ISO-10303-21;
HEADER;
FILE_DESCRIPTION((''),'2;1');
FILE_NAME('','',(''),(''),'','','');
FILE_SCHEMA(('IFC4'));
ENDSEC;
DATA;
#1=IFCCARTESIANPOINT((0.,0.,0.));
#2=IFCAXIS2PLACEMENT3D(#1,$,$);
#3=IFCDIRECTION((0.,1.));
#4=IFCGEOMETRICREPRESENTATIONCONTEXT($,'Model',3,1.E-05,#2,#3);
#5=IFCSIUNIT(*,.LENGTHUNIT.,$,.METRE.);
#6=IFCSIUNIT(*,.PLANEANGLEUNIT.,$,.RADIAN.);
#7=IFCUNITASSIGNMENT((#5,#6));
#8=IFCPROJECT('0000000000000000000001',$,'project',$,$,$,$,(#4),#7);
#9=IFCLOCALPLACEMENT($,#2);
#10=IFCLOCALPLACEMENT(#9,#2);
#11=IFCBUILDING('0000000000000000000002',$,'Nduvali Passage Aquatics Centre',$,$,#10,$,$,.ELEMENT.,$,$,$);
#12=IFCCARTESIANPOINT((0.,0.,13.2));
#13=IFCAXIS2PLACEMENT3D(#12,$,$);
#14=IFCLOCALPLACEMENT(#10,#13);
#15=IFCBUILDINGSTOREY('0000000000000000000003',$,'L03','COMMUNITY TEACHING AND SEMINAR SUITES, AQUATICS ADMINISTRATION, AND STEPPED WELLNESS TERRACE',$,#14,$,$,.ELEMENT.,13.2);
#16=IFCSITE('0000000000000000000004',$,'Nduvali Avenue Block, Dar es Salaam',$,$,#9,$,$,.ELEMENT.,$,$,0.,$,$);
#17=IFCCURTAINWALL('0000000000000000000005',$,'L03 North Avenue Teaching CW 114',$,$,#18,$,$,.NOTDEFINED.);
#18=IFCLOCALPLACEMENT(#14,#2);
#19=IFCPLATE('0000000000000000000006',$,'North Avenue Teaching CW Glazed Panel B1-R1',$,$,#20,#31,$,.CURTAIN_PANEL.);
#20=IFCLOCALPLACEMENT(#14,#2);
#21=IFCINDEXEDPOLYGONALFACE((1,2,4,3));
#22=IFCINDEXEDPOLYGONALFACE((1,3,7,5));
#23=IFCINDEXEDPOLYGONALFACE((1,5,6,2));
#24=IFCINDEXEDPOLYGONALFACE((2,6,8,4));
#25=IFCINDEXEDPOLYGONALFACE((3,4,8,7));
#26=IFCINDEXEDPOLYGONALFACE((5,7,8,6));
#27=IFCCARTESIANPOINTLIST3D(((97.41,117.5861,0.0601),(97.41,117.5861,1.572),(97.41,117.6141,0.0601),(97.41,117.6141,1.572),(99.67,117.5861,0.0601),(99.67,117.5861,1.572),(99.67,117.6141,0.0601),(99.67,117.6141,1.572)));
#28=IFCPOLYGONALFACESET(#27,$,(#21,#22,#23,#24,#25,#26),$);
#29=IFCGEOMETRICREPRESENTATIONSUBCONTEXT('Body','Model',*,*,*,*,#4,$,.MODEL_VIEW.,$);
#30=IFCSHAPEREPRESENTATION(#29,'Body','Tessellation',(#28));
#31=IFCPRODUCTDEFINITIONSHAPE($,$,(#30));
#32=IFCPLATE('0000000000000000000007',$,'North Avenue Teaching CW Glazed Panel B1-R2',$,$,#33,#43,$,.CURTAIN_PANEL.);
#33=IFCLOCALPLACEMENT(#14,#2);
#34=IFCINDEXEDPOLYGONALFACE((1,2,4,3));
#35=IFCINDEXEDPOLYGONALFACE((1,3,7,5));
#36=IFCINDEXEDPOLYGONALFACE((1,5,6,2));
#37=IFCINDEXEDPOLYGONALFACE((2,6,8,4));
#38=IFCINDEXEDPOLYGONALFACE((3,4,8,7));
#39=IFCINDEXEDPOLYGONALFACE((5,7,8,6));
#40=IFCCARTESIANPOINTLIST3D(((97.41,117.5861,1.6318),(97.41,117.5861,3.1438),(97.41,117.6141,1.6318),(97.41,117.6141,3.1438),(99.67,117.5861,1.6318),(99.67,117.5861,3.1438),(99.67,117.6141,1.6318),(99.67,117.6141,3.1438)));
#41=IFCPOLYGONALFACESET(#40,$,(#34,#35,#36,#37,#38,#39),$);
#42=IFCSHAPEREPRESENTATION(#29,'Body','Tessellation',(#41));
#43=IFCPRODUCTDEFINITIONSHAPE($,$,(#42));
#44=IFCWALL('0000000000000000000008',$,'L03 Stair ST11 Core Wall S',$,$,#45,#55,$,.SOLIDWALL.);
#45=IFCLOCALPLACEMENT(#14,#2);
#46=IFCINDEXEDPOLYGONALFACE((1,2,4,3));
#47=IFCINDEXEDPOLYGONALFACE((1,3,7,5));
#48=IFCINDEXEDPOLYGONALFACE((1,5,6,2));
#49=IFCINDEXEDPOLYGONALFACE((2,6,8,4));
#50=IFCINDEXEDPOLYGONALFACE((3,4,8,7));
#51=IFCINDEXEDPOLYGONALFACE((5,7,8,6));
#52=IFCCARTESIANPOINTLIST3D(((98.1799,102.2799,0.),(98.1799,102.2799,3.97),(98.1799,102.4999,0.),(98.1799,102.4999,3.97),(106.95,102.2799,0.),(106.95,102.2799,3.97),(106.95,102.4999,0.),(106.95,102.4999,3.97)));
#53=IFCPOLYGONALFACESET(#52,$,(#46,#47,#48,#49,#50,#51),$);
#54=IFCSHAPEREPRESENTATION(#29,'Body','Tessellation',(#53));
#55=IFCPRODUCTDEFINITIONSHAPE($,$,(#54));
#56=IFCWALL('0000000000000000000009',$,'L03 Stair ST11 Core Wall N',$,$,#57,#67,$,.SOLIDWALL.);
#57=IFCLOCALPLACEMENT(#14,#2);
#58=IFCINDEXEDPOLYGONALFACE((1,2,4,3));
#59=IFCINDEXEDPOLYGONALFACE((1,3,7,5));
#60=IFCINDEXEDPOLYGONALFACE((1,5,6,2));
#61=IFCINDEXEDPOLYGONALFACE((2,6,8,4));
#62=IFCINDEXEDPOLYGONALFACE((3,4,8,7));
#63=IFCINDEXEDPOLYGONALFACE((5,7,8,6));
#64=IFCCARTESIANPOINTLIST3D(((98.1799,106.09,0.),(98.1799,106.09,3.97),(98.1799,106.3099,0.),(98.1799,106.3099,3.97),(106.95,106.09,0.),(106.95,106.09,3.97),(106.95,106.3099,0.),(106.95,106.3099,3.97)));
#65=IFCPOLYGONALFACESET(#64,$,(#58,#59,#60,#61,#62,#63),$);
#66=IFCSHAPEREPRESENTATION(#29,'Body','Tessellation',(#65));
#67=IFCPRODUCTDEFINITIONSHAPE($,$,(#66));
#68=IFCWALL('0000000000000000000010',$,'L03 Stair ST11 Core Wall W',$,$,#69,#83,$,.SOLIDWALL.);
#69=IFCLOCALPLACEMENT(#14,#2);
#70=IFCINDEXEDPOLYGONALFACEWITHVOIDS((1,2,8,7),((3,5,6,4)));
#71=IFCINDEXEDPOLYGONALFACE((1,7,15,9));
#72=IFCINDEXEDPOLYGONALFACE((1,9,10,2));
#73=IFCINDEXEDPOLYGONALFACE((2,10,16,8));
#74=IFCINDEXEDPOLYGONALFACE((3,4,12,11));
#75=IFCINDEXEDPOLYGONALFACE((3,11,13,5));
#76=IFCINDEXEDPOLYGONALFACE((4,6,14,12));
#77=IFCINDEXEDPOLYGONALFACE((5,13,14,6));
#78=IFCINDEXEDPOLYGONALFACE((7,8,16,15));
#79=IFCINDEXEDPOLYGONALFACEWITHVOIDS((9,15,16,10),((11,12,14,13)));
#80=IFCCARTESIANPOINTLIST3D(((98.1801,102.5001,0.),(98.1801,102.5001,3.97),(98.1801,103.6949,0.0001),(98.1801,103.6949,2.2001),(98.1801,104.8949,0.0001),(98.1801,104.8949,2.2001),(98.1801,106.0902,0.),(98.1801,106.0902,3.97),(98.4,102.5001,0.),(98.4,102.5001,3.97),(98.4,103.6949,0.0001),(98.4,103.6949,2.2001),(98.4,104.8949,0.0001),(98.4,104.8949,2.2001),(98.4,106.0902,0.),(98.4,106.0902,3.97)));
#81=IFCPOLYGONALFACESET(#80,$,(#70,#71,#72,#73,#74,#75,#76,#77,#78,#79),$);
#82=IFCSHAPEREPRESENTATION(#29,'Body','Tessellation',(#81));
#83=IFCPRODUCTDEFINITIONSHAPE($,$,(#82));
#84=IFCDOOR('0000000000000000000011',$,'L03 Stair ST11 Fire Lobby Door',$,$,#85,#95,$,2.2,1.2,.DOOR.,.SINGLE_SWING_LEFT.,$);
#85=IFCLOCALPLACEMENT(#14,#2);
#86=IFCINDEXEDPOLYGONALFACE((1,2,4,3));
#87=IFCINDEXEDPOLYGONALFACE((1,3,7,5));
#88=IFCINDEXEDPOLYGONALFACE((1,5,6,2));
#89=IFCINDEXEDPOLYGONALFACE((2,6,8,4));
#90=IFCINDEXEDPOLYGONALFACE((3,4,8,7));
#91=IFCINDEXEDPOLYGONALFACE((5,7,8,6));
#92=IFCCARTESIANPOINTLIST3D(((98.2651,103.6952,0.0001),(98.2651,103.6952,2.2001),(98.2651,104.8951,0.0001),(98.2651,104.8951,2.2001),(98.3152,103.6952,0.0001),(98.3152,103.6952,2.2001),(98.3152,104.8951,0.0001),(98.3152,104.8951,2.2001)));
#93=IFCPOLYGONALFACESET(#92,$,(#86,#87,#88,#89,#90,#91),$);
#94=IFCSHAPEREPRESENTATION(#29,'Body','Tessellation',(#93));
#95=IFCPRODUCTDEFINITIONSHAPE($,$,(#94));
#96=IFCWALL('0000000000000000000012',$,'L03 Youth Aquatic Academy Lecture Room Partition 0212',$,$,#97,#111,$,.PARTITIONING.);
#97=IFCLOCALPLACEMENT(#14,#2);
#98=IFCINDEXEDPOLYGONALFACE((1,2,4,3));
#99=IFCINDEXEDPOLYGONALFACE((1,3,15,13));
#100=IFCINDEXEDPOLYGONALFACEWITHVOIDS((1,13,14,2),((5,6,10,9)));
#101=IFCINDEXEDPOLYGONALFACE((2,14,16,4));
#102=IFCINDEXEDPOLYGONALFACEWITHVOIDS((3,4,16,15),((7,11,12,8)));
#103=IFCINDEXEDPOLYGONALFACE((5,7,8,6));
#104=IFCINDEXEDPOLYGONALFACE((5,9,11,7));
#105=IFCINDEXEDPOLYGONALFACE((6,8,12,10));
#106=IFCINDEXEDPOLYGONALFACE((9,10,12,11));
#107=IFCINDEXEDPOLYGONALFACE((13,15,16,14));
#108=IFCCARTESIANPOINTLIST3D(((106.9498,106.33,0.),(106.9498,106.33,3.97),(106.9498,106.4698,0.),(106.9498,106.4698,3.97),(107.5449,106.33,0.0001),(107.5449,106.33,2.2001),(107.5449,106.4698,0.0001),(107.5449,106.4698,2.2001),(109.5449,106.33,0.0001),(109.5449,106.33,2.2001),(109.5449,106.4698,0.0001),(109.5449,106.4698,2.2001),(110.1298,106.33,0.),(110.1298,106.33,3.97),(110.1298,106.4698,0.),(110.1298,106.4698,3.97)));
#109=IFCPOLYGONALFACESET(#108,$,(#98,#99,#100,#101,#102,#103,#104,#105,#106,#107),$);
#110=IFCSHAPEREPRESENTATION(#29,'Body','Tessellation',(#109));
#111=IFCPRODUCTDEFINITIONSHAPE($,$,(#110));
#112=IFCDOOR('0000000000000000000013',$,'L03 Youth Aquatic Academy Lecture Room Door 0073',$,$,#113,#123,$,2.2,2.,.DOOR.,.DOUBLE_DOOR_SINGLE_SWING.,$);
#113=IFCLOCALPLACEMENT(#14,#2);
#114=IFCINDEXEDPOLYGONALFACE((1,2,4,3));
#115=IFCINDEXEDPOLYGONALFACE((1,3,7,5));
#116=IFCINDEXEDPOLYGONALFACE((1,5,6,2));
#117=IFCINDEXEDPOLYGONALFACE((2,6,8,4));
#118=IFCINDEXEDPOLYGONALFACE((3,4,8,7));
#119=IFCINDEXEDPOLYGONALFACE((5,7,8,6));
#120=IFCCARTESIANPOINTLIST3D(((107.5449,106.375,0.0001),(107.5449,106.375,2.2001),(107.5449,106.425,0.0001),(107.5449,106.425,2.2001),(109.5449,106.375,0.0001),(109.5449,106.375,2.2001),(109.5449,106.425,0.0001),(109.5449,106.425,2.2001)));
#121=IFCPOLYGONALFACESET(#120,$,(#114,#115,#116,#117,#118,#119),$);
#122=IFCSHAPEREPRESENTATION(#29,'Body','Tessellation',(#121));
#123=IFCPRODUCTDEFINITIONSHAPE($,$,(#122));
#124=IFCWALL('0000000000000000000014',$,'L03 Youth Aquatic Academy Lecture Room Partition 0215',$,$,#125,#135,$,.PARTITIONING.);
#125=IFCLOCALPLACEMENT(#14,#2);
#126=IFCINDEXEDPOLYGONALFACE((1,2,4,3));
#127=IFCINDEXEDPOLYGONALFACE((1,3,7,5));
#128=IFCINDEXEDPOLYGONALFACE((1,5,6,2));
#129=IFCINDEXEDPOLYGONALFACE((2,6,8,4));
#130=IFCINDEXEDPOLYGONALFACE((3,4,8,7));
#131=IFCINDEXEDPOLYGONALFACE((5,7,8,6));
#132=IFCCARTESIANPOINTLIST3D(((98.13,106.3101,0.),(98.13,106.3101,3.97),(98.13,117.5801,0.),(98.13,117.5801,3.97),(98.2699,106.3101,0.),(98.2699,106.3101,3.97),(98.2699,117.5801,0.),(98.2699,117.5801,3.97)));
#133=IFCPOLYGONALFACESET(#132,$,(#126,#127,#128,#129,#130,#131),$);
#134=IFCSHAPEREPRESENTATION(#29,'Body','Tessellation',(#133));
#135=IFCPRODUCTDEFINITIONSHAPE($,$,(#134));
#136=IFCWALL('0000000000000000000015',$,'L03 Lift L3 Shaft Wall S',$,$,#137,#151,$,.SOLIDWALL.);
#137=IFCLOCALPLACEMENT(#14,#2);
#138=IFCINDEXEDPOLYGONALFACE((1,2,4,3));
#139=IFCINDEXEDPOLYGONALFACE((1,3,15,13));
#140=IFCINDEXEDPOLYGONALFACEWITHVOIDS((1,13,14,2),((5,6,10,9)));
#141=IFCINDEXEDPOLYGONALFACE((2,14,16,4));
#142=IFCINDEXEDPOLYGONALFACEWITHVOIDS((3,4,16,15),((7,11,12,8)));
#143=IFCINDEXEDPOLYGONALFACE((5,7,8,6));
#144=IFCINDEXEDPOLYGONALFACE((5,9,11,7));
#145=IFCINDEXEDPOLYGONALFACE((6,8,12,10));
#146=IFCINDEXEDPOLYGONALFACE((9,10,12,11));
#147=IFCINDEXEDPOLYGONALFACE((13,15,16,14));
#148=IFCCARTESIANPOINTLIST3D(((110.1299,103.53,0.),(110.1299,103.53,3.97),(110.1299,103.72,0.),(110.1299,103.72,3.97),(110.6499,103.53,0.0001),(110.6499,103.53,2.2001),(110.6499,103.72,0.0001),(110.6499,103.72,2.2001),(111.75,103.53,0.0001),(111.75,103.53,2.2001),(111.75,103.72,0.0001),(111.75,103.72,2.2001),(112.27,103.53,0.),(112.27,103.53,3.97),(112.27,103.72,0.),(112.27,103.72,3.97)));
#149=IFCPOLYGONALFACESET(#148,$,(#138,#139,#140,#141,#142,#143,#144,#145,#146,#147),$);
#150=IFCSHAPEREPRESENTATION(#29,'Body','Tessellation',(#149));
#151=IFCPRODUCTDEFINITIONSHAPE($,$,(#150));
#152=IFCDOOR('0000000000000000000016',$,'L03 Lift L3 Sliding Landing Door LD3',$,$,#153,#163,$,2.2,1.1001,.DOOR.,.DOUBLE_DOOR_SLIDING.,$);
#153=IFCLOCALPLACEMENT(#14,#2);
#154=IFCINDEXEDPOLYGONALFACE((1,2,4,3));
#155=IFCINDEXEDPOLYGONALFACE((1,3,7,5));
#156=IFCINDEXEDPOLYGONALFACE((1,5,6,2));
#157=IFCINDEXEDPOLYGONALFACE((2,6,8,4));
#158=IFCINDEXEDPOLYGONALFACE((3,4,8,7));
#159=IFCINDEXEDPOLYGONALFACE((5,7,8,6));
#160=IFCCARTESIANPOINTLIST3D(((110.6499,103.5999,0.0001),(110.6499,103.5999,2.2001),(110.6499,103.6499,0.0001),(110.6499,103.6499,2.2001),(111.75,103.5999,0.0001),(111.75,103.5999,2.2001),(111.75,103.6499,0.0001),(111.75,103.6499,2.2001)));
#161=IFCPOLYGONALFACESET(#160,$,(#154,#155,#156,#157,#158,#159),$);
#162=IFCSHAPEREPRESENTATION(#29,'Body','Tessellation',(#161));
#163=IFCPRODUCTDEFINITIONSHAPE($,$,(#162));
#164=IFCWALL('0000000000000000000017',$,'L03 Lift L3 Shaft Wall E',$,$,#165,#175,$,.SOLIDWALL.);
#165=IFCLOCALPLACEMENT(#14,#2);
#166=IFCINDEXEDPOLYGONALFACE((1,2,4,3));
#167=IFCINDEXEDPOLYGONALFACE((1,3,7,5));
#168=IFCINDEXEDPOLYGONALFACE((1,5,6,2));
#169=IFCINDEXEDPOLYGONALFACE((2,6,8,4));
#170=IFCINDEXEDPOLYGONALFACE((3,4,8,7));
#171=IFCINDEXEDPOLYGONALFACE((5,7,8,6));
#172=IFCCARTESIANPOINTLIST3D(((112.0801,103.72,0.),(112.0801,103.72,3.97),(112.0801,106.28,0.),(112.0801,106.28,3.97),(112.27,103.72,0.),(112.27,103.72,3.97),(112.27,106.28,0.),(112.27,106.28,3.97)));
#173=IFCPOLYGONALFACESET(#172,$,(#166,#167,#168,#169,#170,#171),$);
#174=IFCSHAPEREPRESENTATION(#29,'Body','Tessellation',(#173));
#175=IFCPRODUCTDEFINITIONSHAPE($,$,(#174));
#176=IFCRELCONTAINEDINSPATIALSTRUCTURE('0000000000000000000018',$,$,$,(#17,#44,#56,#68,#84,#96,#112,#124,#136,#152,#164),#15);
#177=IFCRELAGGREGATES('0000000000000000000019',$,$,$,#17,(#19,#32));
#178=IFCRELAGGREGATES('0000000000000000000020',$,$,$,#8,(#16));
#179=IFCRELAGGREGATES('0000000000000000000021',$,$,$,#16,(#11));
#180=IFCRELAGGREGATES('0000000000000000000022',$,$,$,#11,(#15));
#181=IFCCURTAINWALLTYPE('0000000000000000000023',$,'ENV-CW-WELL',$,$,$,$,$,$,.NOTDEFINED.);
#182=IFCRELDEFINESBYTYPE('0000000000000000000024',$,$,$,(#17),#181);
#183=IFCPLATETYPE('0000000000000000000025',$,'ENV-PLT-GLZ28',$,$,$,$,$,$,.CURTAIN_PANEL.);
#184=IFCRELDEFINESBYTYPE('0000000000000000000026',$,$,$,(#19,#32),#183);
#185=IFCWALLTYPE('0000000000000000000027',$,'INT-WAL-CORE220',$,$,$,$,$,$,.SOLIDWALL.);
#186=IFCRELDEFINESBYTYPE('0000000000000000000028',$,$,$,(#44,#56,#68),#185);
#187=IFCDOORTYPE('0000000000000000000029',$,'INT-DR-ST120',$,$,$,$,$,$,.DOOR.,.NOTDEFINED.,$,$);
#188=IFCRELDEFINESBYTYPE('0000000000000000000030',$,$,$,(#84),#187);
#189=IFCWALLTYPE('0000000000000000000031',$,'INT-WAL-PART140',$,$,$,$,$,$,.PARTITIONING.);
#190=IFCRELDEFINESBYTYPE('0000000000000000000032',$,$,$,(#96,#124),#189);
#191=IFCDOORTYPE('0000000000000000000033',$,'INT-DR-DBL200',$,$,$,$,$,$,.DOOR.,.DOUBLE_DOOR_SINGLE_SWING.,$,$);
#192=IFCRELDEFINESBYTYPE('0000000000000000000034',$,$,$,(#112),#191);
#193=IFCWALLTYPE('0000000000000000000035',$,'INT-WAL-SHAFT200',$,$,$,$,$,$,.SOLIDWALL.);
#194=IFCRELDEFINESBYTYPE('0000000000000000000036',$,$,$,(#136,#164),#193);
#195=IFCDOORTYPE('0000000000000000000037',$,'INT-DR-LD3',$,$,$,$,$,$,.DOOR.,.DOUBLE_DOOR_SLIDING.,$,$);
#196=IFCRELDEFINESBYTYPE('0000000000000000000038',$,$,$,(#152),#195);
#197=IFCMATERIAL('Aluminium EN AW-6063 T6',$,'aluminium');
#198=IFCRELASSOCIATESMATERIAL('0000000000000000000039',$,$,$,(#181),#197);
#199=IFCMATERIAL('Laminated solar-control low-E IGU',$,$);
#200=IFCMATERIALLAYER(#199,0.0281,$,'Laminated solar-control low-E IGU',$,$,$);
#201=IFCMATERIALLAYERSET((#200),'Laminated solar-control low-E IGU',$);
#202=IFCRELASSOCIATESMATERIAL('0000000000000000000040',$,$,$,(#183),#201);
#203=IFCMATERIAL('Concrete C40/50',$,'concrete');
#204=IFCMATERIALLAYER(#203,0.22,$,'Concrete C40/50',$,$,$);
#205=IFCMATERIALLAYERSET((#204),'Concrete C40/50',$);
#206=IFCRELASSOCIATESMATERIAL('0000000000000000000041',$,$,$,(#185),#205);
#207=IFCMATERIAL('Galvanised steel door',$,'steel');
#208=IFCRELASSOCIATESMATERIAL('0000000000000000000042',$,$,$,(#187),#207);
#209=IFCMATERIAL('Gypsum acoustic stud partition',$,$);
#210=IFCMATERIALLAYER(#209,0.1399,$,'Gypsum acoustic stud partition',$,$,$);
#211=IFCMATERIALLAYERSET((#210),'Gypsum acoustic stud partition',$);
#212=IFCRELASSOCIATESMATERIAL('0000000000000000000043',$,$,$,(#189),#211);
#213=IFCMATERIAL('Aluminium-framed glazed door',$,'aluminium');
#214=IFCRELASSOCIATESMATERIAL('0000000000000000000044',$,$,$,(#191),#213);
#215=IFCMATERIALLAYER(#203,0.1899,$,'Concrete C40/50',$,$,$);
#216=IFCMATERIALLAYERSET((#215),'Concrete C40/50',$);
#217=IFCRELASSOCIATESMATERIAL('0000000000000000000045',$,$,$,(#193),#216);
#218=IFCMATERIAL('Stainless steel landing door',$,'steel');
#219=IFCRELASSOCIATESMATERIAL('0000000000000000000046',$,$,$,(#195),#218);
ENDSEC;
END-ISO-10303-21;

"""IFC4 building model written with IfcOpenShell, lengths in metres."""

from ifc_helpers import new_model, si_unit, direction, frame, frame_2d, origin, origin_2d, place, context, subcontext, project, spatial, rectangle, extrude, material, layer, layer_set, type_object, element, fill, aggregate, save


model = new_model("IFC4")

# Units and contexts
model_context = context("Model", 3, precision=1e-05, world=origin(), true_north=direction((0.0, 1.0)))
body_context = subcontext(model_context, "Body", "Model", "MODEL_VIEW")
ifc_project = project(units=[si_unit("LENGTHUNIT", "METRE"), si_unit("PLANEANGLEUNIT", "RADIAN")], contexts=[model_context])

# Site, building, storey
site_placement = place(None, origin())
site = spatial("IfcSite", under=ifc_project, at=site_placement, Name="Nduvali Avenue Block, Dar es Salaam", CompositionType="ELEMENT", RefElevation=0.0)
building_placement = place(site_placement, origin())
building = spatial("IfcBuilding", under=site, at=building_placement, Name="Nduvali Passage Aquatics Centre", CompositionType="ELEMENT")
storey_placement = place(building_placement, frame((0.0, 0.0, 13.2)))
storey = spatial("IfcBuildingStorey", under=building, at=storey_placement, Name="L03", Description="COMMUNITY TEACHING AND SEMINAR SUITES, AQUATICS ADMINISTRATION, AND STEPPED WELLNESS TERRACE", CompositionType="ELEMENT", Elevation=13.2)

# Curtain wall
ifc_material_1 = material(Name="Aluminium EN AW-6063 T6", Category="aluminium")
curtain_wall_type = type_object("IfcCurtainWallType", Name="ENV-CW-WELL", PredefinedType="NOTDEFINED", material=ifc_material_1)
curtain_wall_placement = place(storey_placement, origin())
curtain_wall = element("IfcCurtainWall", 1, at=curtain_wall_placement, inside=storey, type_object=curtain_wall_type, Name="L03 North Avenue Teaching CW 114", PredefinedType="NOTDEFINED")

# Plates
ifc_material_2 = material(Name="Laminated solar-control low-E IGU")
ifc_layer_1 = layer(ifc_material_2, 0.0281, Name="Laminated solar-control low-E IGU")
ifc_layer_set_1 = layer_set([ifc_layer_1], Name="Laminated solar-control low-E IGU")
plate_type = type_object("IfcPlateType", Name="ENV-PLT-GLZ28", PredefinedType="CURTAIN_PANEL", material=ifc_layer_set_1)
plate_1_placement = place(storey_placement, frame((98.54, 117.6001, 0.0601), z_axis=(0.0, 0.0, 1.0), x_axis=(1.0, 0.0, 0.0)))
plate_1 = element("IfcPlate", 2, at=plate_1_placement, type_object=plate_type, Name="North Avenue Teaching CW Glazed Panel B1-R1", PredefinedType="CURTAIN_PANEL", context=body_context, shape_type="SweptSolid", body=[
    extrude(rectangle(XDim=2.26, YDim=0.0281, at=origin_2d()), origin(), (0.0, 0.0, 1.0), 1.512),
])
plate_2_placement = place(storey_placement, frame((98.54, 117.6001, 1.6318), z_axis=(0.0, 0.0, 1.0), x_axis=(1.0, 0.0, 0.0)))
plate_2 = element("IfcPlate", 3, at=plate_2_placement, type_object=plate_type, Name="North Avenue Teaching CW Glazed Panel B1-R2", PredefinedType="CURTAIN_PANEL", context=body_context, shape_type="SweptSolid", body=[
    extrude(rectangle(XDim=2.26, YDim=0.0281, at=origin_2d()), origin(), (0.0, 0.0, 1.0), 1.512),
])
aggregate(curtain_wall, [plate_1, plate_2])

# Walls
ifc_material_3 = material(Name="Concrete C40/50", Category="concrete")
ifc_layer_2 = layer(ifc_material_3, 0.22, Name="Concrete C40/50")
ifc_layer_set_2 = layer_set([ifc_layer_2], Name="Concrete C40/50")
wall_type_1 = type_object("IfcWallType", Name="INT-WAL-CORE220", PredefinedType="SOLIDWALL", material=ifc_layer_set_2)
for number, where, z_axis, x_axis, name in (
    (4, (98.1799, 102.3899, 0.0), (0.0, 0.0, 1.0), (1.0, 0.0, 0.0), "L03 Stair ST11 Core Wall S"),
    (5, (106.95, 106.2, 0.0), (0.0, 0.0, 1.0), (-1.0, 0.0, 0.0), "L03 Stair ST11 Core Wall N"),
):
    element("IfcWall", number, at=place(storey_placement, frame(where, z_axis=z_axis, x_axis=x_axis)), inside=storey, type_object=wall_type_1, Name=name, PredefinedType="SOLIDWALL", context=body_context, shape_type="SweptSolid", body=[
        extrude(rectangle(XDim=8.77, YDim=0.22, at=frame_2d((4.385, 0.0))), origin(), (0.0, 0.0, 1.0), 3.97),
    ])

# Walls, openings, doors
wall_1_placement = place(storey_placement, frame((98.29, 106.0901, 0.0), z_axis=(0.0, 0.0, 1.0), x_axis=(0.0, -1.0, 0.0)))
wall_1 = element("IfcWall", 6, at=wall_1_placement, inside=storey, type_object=wall_type_1, Name="L03 Stair ST11 Core Wall W", PredefinedType="SOLIDWALL", context=body_context, shape_type="SweptSolid", body=[
    extrude(rectangle(XDim=3.5901, YDim=0.22, at=frame_2d((1.7949, 0.0))), origin(), (0.0, 0.0, 1.0), 3.97),
])
opening_1_placement = place(wall_1_placement, frame((1.1951, 0.0, 0.0)))
opening_1 = element("IfcOpeningElement", 7, at=opening_1_placement, cuts=wall_1, PredefinedType="OPENING", context=body_context, shape_type="SweptSolid", body=[
    extrude(rectangle(XDim=1.2, YDim=2.2, at=frame_2d((0.6001, 1.1001))), frame((0.0, 0.125, 0.0), z_axis=(0.0, -1.0, 0.0), x_axis=(1.0, 0.0, 0.0)), (0.0, 0.0, 1.0), 0.2498),
])
ifc_material_4 = material(Name="Galvanised steel door", Category="steel")
door_type_1 = type_object("IfcDoorType", Name="INT-DR-ST120", OperationType="NOTDEFINED", PredefinedType="DOOR", material=ifc_material_4)
door_1_placement = place(opening_1_placement, frame((1.2, 0.0, 0.0), z_axis=(0.0, 0.0, 1.0), x_axis=(-1.0, 0.0, 0.0)))
door_1 = element("IfcDoor", 8, at=door_1_placement, inside=storey, type_object=door_type_1, Name="L03 Stair ST11 Fire Lobby Door", OperationType="SINGLE_SWING_LEFT", OverallHeight=2.2, OverallWidth=1.2, PredefinedType="DOOR", context=body_context, shape_type="SweptSolid", body=[
    extrude(rectangle(XDim=1.2, YDim=2.2, at=frame_2d((0.6001, 1.1001))), frame((0.0, 0.0249, 0.0), z_axis=(0.0, -1.0, 0.0), x_axis=(1.0, 0.0, 0.0)), (0.0, 0.0, 1.0), 0.05),
])
fill(opening_1, door_1)
ifc_material_5 = material(Name="Gypsum acoustic stud partition")
ifc_layer_3 = layer(ifc_material_5, 0.1399, Name="Gypsum acoustic stud partition")
ifc_layer_set_3 = layer_set([ifc_layer_3], Name="Gypsum acoustic stud partition")
wall_type_2 = type_object("IfcWallType", Name="INT-WAL-PART140", PredefinedType="PARTITIONING", material=ifc_layer_set_3)
wall_2_placement = place(storey_placement, frame((106.95, 106.3999, 0.0), z_axis=(0.0, 0.0, 1.0), x_axis=(1.0, 0.0, 0.0)))
wall_2 = element("IfcWall", 9, at=wall_2_placement, inside=storey, type_object=wall_type_2, Name="L03 Youth Aquatic Academy Lecture Room Partition 0212", PredefinedType="PARTITIONING", context=body_context, shape_type="SweptSolid", body=[
    extrude(rectangle(XDim=3.1799, YDim=0.1399, at=frame_2d((1.5898, 0.0))), origin(), (0.0, 0.0, 1.0), 3.97),
])
opening_2_placement = place(wall_2_placement, frame((0.595, 0.0, 0.0)))
opening_2 = element("IfcOpeningElement", 10, at=opening_2_placement, cuts=wall_2, PredefinedType="OPENING", context=body_context, shape_type="SweptSolid", body=[
    extrude(rectangle(XDim=2.0, YDim=2.2, at=frame_2d((1.0, 1.1001))), frame((0.0, 0.085, 0.0), z_axis=(0.0, -1.0, 0.0), x_axis=(1.0, 0.0, 0.0)), (0.0, 0.0, 1.0), 0.1697),
])
ifc_material_6 = material(Name="Aluminium-framed glazed door", Category="aluminium")
door_type_2 = type_object("IfcDoorType", Name="INT-DR-DBL200", OperationType="DOUBLE_DOOR_SINGLE_SWING", PredefinedType="DOOR", material=ifc_material_6)
door_2_placement = place(opening_2_placement, frame((2.0, 0.0, 0.0), z_axis=(0.0, 0.0, 1.0), x_axis=(-1.0, 0.0, 0.0)))
door_2 = element("IfcDoor", 11, at=door_2_placement, inside=storey, type_object=door_type_2, Name="L03 Youth Aquatic Academy Lecture Room Door 0073", OperationType="DOUBLE_DOOR_SINGLE_SWING", OverallHeight=2.2, OverallWidth=2.0, PredefinedType="DOOR", context=body_context, shape_type="SweptSolid", body=[
    extrude(rectangle(XDim=2.0, YDim=2.2, at=frame_2d((1.0, 1.1001))), frame((0.0, 0.0249, 0.0), z_axis=(0.0, -1.0, 0.0), x_axis=(1.0, 0.0, 0.0)), (0.0, 0.0, 1.0), 0.05),
])
fill(opening_2, door_2)

# Wall
wall_3_placement = place(storey_placement, frame((98.2, 106.3101, 0.0), z_axis=(0.0, 0.0, 1.0), x_axis=(0.0, 1.0, 0.0)))
element("IfcWall", 12, at=wall_3_placement, inside=storey, type_object=wall_type_2, Name="L03 Youth Aquatic Academy Lecture Room Partition 0215", PredefinedType="PARTITIONING", context=body_context, shape_type="SweptSolid", body=[
    extrude(rectangle(XDim=11.27, YDim=0.1399, at=frame_2d((5.635, 0.0))), origin(), (0.0, 0.0, 1.0), 3.97),
])

# Wall, opening, door
ifc_layer_4 = layer(ifc_material_3, 0.1899, Name="Concrete C40/50")
ifc_layer_set_4 = layer_set([ifc_layer_4], Name="Concrete C40/50")
wall_type_3 = type_object("IfcWallType", Name="INT-WAL-SHAFT200", PredefinedType="SOLIDWALL", material=ifc_layer_set_4)
wall_4_placement = place(storey_placement, frame((110.1299, 103.625, 0.0), z_axis=(0.0, 0.0, 1.0), x_axis=(1.0, 0.0, 0.0)))
wall_4 = element("IfcWall", 13, at=wall_4_placement, inside=storey, type_object=wall_type_3, Name="L03 Lift L3 Shaft Wall S", PredefinedType="SOLIDWALL", context=body_context, shape_type="SweptSolid", body=[
    extrude(rectangle(XDim=2.1401, YDim=0.1899, at=frame_2d((1.0701, 0.0))), origin(), (0.0, 0.0, 1.0), 3.97),
])
opening_3_placement = place(wall_4_placement, frame((0.52, 0.0, 0.0)))
opening_3 = element("IfcOpeningElement", 14, at=opening_3_placement, cuts=wall_4, PredefinedType="OPENING", context=body_context, shape_type="SweptSolid", body=[
    extrude(rectangle(XDim=1.1001, YDim=2.2, at=frame_2d((0.55, 1.1001))), frame((0.0, 0.1099, 0.0), z_axis=(0.0, -1.0, 0.0), x_axis=(1.0, 0.0, 0.0)), (0.0, 0.0, 1.0), 0.2197),
])
ifc_material_7 = material(Name="Stainless steel landing door", Category="steel")
door_type_3 = type_object("IfcDoorType", Name="INT-DR-LD3", OperationType="DOUBLE_DOOR_SLIDING", PredefinedType="DOOR", material=ifc_material_7)
door_3_placement = place(opening_3_placement, origin())
door_3 = element("IfcDoor", 15, at=door_3_placement, inside=storey, type_object=door_type_3, Name="L03 Lift L3 Sliding Landing Door LD3", OperationType="DOUBLE_DOOR_SLIDING", OverallHeight=2.2, OverallWidth=1.1001, PredefinedType="DOOR", context=body_context, shape_type="SweptSolid", body=[
    extrude(rectangle(XDim=1.1001, YDim=2.2, at=frame_2d((0.55, 1.1001))), frame((0.0, 0.0249, 0.0), z_axis=(0.0, -1.0, 0.0), x_axis=(1.0, 0.0, 0.0)), (0.0, 0.0, 1.0), 0.05),
])
fill(opening_3, door_3)

# Wall
wall_5_placement = place(storey_placement, frame((112.175, 103.72, 0.0), z_axis=(0.0, 0.0, 1.0), x_axis=(0.0, 1.0, 0.0)))
element("IfcWall", 16, at=wall_5_placement, inside=storey, type_object=wall_type_3, Name="L03 Lift L3 Shaft Wall E", PredefinedType="SOLIDWALL", context=body_context, shape_type="SweptSolid", body=[
    extrude(rectangle(XDim=2.5601, YDim=0.1899, at=frame_2d((1.28, 0.0))), origin(), (0.0, 0.0, 1.0), 3.97),
])

save(model, "model.ifc")
